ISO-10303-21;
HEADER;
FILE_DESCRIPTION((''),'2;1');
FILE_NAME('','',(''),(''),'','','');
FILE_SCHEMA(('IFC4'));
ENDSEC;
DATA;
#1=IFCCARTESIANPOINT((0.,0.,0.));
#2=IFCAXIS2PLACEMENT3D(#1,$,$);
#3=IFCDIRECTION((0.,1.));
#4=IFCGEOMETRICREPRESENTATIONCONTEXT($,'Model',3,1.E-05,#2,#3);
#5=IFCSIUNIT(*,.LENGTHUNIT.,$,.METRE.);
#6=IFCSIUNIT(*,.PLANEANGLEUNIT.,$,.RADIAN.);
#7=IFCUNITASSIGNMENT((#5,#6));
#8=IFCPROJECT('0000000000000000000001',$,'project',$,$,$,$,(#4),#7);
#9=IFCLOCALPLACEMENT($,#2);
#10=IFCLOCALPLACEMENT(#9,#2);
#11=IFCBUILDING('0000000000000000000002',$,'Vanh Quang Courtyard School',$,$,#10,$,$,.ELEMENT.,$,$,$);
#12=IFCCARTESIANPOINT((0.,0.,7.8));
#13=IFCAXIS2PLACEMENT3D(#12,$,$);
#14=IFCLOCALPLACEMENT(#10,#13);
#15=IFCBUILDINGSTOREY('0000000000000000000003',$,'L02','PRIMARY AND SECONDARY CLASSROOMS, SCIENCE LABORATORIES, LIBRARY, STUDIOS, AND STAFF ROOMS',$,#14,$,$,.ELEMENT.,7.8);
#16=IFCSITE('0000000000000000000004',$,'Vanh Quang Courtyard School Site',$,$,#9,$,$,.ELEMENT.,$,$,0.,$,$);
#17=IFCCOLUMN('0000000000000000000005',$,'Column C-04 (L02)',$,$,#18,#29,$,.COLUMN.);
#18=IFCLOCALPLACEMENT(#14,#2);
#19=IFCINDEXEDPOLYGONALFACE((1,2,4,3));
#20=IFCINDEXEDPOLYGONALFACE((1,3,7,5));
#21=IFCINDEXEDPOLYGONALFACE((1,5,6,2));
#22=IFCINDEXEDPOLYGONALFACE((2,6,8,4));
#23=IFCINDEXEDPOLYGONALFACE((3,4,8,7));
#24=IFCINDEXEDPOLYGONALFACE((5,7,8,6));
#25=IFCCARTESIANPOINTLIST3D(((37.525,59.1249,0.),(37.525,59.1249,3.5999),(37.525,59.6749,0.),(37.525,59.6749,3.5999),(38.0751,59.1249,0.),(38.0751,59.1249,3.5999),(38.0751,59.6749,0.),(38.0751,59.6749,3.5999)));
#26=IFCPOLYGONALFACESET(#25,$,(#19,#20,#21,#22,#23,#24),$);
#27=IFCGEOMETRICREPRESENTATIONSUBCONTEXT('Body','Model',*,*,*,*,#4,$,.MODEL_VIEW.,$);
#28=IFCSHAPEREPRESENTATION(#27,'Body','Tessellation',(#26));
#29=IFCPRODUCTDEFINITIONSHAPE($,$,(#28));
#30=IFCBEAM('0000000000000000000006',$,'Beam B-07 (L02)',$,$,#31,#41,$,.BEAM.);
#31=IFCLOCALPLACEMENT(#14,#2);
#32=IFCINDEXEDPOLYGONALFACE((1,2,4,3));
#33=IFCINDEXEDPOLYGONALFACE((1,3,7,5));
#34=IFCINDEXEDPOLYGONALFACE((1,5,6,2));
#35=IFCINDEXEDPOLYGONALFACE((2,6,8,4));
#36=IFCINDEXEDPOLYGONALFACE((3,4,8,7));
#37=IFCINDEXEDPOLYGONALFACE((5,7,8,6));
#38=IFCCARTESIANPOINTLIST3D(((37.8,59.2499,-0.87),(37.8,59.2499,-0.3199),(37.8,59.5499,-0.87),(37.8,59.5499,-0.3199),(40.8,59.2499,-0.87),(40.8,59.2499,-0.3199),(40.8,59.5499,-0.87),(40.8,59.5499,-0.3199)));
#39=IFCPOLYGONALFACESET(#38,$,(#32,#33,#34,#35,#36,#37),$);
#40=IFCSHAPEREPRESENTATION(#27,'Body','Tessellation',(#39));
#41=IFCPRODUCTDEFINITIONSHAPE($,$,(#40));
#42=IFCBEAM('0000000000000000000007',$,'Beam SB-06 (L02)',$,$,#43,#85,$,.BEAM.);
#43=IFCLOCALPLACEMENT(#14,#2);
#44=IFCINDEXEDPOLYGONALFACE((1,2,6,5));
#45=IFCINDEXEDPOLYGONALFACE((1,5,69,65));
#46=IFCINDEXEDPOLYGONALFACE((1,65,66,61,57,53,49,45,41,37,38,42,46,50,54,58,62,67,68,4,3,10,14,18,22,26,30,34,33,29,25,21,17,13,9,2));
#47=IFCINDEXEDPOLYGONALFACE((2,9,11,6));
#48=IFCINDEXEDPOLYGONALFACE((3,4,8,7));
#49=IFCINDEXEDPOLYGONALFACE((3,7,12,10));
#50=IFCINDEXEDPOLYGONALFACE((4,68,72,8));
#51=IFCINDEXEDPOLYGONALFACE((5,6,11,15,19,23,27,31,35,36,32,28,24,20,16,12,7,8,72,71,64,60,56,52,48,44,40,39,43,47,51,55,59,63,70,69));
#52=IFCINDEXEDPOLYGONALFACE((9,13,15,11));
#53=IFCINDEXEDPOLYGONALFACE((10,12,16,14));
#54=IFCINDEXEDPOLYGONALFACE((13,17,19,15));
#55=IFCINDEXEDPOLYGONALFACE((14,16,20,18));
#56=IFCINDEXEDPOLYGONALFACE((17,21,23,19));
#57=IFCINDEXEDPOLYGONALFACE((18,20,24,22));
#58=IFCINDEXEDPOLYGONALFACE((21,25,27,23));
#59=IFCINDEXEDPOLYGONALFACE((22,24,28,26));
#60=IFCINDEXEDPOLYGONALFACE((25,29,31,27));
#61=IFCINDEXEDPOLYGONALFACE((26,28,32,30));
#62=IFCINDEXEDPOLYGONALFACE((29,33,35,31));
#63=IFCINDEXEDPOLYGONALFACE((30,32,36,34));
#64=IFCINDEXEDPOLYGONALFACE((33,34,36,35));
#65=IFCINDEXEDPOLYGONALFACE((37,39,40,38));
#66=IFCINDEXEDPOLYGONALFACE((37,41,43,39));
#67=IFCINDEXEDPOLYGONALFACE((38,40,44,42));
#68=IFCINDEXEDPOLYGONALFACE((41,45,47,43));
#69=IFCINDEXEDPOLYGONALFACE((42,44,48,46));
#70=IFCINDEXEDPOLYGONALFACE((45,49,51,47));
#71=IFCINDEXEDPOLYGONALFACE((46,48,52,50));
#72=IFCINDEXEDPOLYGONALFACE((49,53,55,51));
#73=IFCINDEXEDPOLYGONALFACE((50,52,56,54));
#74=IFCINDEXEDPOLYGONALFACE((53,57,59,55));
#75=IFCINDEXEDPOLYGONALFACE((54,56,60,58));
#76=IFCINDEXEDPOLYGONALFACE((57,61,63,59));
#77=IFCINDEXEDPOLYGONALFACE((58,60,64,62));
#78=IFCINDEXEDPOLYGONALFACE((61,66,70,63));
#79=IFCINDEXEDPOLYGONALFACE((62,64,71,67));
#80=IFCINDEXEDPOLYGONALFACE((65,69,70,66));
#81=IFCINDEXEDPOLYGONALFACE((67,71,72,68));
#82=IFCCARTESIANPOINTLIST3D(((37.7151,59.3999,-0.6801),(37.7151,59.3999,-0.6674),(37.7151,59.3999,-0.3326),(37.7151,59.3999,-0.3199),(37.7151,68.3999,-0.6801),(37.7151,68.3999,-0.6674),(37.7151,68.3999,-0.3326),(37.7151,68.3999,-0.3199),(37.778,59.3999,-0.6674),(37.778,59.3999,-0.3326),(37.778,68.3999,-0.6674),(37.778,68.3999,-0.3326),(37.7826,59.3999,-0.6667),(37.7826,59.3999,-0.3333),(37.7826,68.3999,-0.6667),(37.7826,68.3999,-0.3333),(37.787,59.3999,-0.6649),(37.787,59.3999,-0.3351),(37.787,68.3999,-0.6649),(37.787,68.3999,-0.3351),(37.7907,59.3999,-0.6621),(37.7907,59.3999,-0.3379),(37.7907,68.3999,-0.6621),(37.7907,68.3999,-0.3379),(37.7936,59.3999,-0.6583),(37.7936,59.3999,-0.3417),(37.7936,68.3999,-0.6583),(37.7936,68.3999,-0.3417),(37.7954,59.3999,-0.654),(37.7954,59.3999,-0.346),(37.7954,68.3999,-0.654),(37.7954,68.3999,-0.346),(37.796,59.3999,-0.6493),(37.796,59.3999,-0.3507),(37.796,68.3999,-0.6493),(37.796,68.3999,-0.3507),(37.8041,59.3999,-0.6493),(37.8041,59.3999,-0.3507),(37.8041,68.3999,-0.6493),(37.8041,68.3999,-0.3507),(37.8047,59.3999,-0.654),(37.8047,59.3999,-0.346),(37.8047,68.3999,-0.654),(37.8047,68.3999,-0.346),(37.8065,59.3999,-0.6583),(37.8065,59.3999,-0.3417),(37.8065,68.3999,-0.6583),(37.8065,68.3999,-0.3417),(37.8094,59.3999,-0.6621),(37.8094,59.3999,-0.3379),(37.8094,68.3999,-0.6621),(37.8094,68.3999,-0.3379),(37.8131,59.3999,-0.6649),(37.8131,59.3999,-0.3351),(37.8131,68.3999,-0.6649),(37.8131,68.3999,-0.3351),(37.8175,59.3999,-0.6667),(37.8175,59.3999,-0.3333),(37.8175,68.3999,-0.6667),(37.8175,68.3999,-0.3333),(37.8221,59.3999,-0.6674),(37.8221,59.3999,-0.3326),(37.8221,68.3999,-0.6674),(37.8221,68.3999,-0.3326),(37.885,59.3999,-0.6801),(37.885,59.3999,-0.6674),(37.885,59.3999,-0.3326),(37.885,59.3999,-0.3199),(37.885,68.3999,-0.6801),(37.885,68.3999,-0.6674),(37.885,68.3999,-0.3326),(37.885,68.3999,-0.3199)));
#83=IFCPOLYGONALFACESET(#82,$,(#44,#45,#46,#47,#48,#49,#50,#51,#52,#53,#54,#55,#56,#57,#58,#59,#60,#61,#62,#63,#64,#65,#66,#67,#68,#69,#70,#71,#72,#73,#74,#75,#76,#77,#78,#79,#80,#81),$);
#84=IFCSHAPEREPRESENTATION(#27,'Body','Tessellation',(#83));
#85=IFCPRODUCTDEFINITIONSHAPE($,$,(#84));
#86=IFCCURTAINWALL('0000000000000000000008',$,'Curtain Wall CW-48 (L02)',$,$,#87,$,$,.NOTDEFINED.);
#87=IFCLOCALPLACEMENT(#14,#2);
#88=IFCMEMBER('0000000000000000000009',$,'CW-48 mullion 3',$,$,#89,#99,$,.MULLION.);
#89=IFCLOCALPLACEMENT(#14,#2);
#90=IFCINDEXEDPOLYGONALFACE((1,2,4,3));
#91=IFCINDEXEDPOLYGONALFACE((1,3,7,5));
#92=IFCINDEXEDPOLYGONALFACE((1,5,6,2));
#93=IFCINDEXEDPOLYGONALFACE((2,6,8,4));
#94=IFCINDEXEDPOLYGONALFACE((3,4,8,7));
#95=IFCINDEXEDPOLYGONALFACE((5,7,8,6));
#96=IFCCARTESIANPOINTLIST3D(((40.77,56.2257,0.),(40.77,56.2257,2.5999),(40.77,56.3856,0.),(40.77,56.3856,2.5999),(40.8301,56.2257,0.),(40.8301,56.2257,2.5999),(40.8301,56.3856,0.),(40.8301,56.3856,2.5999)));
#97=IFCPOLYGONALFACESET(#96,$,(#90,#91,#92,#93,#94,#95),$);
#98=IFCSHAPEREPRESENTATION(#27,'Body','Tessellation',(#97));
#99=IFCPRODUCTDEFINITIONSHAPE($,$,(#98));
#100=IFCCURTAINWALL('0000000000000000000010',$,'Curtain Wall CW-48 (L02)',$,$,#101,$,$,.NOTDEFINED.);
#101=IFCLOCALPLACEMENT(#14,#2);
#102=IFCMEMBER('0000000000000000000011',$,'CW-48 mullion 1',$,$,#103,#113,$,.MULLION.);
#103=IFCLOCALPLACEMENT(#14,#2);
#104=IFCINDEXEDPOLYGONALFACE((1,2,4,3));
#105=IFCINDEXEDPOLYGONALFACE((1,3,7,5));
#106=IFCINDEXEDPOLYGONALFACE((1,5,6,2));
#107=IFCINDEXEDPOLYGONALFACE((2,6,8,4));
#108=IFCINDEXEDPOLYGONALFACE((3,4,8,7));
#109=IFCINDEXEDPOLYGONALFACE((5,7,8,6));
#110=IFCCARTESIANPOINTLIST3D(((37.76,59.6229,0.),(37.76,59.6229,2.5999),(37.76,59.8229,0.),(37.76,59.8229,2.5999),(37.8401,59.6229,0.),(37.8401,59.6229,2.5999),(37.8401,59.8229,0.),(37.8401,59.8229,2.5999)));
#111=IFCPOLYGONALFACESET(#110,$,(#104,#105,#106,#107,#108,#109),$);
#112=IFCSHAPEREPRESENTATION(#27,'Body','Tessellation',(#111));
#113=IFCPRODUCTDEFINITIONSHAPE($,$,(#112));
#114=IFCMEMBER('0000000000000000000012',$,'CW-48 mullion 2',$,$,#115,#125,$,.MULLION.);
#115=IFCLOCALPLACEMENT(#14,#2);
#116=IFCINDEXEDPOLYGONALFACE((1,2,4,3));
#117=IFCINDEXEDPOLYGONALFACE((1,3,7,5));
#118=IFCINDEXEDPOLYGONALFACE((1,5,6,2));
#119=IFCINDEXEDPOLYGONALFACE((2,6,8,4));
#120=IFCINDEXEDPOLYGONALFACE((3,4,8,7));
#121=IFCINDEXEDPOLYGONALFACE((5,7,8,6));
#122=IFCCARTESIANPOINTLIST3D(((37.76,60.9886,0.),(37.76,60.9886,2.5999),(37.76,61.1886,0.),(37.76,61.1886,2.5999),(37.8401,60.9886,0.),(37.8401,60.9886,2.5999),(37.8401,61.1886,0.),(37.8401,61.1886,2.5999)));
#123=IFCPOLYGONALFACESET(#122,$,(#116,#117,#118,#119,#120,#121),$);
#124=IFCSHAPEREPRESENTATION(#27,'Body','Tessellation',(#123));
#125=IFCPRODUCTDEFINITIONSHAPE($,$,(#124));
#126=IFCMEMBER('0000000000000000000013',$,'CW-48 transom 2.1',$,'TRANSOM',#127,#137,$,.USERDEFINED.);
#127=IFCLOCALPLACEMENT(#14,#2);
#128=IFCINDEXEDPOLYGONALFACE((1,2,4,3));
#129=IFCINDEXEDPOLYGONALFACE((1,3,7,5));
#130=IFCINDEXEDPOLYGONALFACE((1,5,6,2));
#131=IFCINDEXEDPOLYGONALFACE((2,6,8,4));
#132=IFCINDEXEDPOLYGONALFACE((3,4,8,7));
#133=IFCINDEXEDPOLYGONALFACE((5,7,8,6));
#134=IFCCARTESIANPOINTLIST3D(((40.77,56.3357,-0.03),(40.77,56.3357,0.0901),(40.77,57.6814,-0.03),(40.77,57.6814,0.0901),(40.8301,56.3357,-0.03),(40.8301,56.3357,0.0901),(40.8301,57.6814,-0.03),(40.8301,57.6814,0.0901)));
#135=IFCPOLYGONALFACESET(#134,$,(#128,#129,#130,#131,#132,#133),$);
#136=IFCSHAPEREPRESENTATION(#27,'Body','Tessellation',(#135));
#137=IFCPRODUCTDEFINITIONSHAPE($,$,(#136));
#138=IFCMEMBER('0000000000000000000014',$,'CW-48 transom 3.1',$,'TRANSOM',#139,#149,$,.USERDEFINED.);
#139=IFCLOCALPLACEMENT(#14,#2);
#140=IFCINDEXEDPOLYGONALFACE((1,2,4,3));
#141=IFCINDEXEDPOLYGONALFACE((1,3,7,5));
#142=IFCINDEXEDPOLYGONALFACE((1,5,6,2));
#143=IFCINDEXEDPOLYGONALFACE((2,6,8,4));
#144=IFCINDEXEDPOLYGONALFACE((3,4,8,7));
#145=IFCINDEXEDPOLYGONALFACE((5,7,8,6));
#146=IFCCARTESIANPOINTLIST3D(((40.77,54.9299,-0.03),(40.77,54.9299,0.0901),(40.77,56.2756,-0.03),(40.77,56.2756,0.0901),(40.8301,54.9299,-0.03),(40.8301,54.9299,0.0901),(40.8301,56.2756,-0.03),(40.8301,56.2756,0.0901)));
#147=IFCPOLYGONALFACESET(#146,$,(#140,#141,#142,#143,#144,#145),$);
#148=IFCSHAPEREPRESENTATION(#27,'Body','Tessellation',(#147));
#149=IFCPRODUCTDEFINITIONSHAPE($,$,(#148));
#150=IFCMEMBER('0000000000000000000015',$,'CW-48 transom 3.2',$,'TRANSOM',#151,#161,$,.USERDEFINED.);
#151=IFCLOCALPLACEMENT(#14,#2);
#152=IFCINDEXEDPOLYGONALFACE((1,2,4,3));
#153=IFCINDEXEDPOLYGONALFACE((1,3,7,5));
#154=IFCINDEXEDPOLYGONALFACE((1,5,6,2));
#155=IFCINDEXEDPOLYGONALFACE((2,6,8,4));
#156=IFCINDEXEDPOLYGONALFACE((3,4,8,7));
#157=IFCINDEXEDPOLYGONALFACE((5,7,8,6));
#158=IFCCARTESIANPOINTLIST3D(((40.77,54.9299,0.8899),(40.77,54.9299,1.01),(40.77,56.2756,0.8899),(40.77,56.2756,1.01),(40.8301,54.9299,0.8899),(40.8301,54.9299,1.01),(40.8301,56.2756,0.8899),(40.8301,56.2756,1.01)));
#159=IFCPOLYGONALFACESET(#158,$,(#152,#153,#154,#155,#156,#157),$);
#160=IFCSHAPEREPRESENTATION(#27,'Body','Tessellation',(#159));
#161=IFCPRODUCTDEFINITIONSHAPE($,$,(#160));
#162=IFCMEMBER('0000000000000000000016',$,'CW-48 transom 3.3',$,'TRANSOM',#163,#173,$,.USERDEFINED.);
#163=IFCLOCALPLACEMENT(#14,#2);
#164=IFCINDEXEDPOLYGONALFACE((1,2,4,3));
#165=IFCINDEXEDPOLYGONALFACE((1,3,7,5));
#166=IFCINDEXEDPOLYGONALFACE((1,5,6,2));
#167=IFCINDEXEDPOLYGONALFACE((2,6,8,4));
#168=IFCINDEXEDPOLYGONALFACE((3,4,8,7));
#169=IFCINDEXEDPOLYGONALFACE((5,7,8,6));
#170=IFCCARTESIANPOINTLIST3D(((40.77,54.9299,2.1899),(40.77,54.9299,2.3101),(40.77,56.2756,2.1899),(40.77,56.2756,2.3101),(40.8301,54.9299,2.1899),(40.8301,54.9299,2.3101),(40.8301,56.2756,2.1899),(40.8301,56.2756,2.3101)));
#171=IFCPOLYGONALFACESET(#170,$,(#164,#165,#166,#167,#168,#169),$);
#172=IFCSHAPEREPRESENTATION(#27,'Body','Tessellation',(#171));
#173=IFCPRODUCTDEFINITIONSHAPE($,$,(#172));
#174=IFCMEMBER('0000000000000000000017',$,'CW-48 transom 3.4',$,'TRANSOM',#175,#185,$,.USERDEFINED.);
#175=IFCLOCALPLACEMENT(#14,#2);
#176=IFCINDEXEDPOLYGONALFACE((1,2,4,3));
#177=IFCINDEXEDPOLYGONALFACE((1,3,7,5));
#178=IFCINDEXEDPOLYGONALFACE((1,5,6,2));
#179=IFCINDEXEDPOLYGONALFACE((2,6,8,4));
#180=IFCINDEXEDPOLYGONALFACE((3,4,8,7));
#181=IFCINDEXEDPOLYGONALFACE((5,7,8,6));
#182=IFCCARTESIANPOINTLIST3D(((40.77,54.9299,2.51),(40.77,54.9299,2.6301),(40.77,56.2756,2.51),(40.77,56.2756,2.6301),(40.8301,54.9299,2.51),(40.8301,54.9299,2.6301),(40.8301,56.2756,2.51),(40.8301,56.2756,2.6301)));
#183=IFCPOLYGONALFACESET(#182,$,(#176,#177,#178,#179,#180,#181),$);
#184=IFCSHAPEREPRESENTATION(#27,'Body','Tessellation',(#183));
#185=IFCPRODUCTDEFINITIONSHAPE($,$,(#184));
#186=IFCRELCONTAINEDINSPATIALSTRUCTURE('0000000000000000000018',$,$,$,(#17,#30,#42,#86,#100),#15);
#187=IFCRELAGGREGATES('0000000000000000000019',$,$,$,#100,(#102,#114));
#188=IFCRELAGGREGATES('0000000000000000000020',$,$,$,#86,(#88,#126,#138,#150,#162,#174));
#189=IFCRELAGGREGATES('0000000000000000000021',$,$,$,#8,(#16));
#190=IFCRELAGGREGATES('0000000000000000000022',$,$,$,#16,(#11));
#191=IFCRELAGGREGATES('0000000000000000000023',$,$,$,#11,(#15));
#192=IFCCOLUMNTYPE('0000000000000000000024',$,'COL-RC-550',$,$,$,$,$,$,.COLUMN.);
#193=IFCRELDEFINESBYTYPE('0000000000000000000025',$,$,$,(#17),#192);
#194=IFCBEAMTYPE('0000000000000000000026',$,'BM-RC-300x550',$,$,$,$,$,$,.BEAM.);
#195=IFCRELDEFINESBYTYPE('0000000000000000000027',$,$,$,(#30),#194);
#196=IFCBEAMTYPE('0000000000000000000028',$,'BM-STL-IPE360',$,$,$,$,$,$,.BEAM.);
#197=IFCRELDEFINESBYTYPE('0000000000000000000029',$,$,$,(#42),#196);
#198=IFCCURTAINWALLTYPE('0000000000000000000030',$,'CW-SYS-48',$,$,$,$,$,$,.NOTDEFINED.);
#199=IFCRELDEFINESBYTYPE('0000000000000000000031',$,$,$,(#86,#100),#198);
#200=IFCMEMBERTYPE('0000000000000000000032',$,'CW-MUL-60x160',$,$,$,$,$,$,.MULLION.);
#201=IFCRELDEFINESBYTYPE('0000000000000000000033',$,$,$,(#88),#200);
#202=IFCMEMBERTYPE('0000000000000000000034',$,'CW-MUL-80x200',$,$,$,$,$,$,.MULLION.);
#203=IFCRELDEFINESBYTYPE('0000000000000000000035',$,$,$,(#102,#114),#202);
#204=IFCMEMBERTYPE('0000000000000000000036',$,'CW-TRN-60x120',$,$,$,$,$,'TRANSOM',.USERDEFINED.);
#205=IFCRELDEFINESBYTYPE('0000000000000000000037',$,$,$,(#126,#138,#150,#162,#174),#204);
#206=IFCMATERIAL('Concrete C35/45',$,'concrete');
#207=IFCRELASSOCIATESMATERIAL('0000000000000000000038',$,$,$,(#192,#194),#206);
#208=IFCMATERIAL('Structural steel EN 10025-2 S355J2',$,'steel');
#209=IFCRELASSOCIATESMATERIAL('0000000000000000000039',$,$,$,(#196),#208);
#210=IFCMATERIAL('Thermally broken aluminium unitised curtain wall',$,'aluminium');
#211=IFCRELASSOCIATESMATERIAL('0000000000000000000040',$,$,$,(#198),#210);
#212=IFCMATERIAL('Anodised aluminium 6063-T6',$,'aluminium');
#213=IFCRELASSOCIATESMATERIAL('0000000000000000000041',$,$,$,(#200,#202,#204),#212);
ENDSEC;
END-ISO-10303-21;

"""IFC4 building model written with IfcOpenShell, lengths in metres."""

from ifc_helpers import new_model, si_unit, direction, frame, origin, origin_2d, place, context, subcontext, project, spatial, rectangle, i_section, extrude, material, material_profile, profile_set, type_object, element, aggregate, save


model = new_model("IFC4")

# Units and contexts
model_context = context("Model", 3, precision=1e-05, world=origin(), true_north=direction((0.0, 1.0)))
body_context = subcontext(model_context, "Body", "Model", "MODEL_VIEW")
ifc_project = project(units=[si_unit("LENGTHUNIT", "METRE"), si_unit("PLANEANGLEUNIT", "RADIAN")], contexts=[model_context])

# Site, building, storey
site_placement = place(None, origin())
site = spatial("IfcSite", under=ifc_project, at=site_placement, Name="Vanh Quang Courtyard School Site", CompositionType="ELEMENT", RefElevation=0.0)
building_placement = place(site_placement, origin())
building = spatial("IfcBuilding", under=site, at=building_placement, Name="Vanh Quang Courtyard School", CompositionType="ELEMENT")
storey_placement = place(building_placement, frame((0.0, 0.0, 7.8)))
storey = spatial("IfcBuildingStorey", under=building, at=storey_placement, Name="L02", Description="PRIMARY AND SECONDARY CLASSROOMS, SCIENCE LABORATORIES, LIBRARY, STUDIOS, AND STAFF ROOMS", CompositionType="ELEMENT", Elevation=7.8)

# Column
ifc_material_1 = material(Name="Concrete C35/45", Category="concrete")
ifc_material_profile_1 = material_profile(ifc_material_1, rectangle(XDim=0.55, YDim=0.55, at=origin_2d()), Name="RC-COL 550x550")
ifc_profile_set_1 = profile_set([ifc_material_profile_1], Name="Concrete C35/45")
column_type = type_object("IfcColumnType", Name="COL-RC-550", PredefinedType="COLUMN", material=ifc_profile_set_1)
column_placement = place(storey_placement, frame((37.8, 59.3999, 0.0), z_axis=(0.0, 0.0, 1.0), x_axis=(1.0, 0.0, 0.0)))
element("IfcColumn", 1, at=column_placement, inside=storey, type_object=column_type, Name="Column C-04 (L02)", PredefinedType="COLUMN", context=body_context, shape_type="SweptSolid", body=[
    extrude(rectangle(XDim=0.55, YDim=0.55, at=origin_2d()), origin(), (0.0, 0.0, 1.0), 3.5999),
])

# Beams
ifc_material_profile_2 = material_profile(ifc_material_1, rectangle(XDim=0.3, YDim=0.55, at=origin_2d()), Name="RC-BM 300x550")
ifc_profile_set_2 = profile_set([ifc_material_profile_2], Name="Concrete C35/45")
beam_type_1 = type_object("IfcBeamType", Name="BM-RC-300x550", PredefinedType="BEAM", material=ifc_profile_set_2)
beam_1_placement = place(storey_placement, frame((37.8, 59.3999, -0.595), z_axis=(1.0, 0.0, 0.0), x_axis=(0.0, 1.0, 0.0)))
element("IfcBeam", 2, at=beam_1_placement, inside=storey, type_object=beam_type_1, Name="Beam B-07 (L02)", PredefinedType="BEAM", context=body_context, shape_type="SweptSolid", body=[
    extrude(rectangle(XDim=0.3, YDim=0.55, at=origin_2d()), origin(), (0.0, 0.0, 1.0), 3.0),
])
ifc_material_2 = material(Name="Structural steel EN 10025-2 S355J2", Category="steel")
ifc_material_profile_3 = material_profile(ifc_material_2, i_section(OverallWidth=0.1699, OverallDepth=0.3601, WebThickness=0.0081, FlangeThickness=0.0127, FilletRadius=0.0181, at=origin_2d()), Name="IPE 360")
ifc_profile_set_3 = profile_set([ifc_material_profile_3], Name="Structural steel EN 10025-2 S355J2")
beam_type_2 = type_object("IfcBeamType", Name="BM-STL-IPE360", PredefinedType="BEAM", material=ifc_profile_set_3)
beam_2_placement = place(storey_placement, frame((37.8, 59.3999, -0.5), z_axis=(0.0, 1.0, 0.0), x_axis=(-1.0, 0.0, 0.0)))
element("IfcBeam", 3, at=beam_2_placement, inside=storey, type_object=beam_type_2, Name="Beam SB-06 (L02)", PredefinedType="BEAM", context=body_context, shape_type="SweptSolid", body=[
    extrude(i_section(OverallWidth=0.1699, OverallDepth=0.3601, WebThickness=0.0081, FlangeThickness=0.0127, FilletRadius=0.0181, at=origin_2d()), origin(), (0.0, 0.0, 1.0), 9.0),
])

# Curtain wall, member
ifc_material_3 = material(Name="Thermally broken aluminium unitised curtain wall", Category="aluminium")
curtain_wall_type = type_object("IfcCurtainWallType", Name="CW-SYS-48", PredefinedType="NOTDEFINED", material=ifc_material_3)
curtain_wall_1_placement = place(storey_placement, origin())
curtain_wall_1 = element("IfcCurtainWall", 4, at=curtain_wall_1_placement, inside=storey, type_object=curtain_wall_type, Name="Curtain Wall CW-48 (L02)", PredefinedType="NOTDEFINED")
ifc_material_4 = material(Name="Anodised aluminium 6063-T6", Category="aluminium")
ifc_material_profile_4 = material_profile(ifc_material_4, rectangle(XDim=0.0601, YDim=0.1599, at=origin_2d()), Name="ALU-MUL 60x160")
ifc_profile_set_4 = profile_set([ifc_material_profile_4], Name="Anodised aluminium 6063-T6")
member_type_1 = type_object("IfcMemberType", Name="CW-MUL-60x160", PredefinedType="MULLION", material=ifc_profile_set_4)
member_1_placement = place(storey_placement, frame((40.8, 56.3057, 0.0), z_axis=(0.0, 0.0, 1.0), x_axis=(1.0, 0.0, 0.0)))
member_1 = element("IfcMember", 5, at=member_1_placement, type_object=member_type_1, Name="CW-48 mullion 3", PredefinedType="MULLION", context=body_context, shape_type="SweptSolid", body=[
    extrude(rectangle(XDim=0.0601, YDim=0.1599, at=origin_2d()), origin(), (0.0, 0.0, 1.0), 2.5999),
])

# Curtain wall, members
curtain_wall_2_placement = place(storey_placement, origin())
curtain_wall_2 = element("IfcCurtainWall", 6, at=curtain_wall_2_placement, inside=storey, type_object=curtain_wall_type, Name="Curtain Wall CW-48 (L02)", PredefinedType="NOTDEFINED")
ifc_material_profile_5 = material_profile(ifc_material_4, rectangle(XDim=0.0801, YDim=0.2, at=origin_2d()), Name="ALU-MUL 80x200")
ifc_profile_set_5 = profile_set([ifc_material_profile_5], Name="Anodised aluminium 6063-T6")
member_type_2 = type_object("IfcMemberType", Name="CW-MUL-80x200", PredefinedType="MULLION", material=ifc_profile_set_5)
member_2_placement = place(storey_placement, frame((37.8, 59.7229, 0.0), z_axis=(0.0, 0.0, 1.0), x_axis=(-1.0, 0.0, 0.0)))
member_2 = element("IfcMember", 7, at=member_2_placement, type_object=member_type_2, Name="CW-48 mullion 1", PredefinedType="MULLION", context=body_context, shape_type="SweptSolid", body=[
    extrude(rectangle(XDim=0.0801, YDim=0.2, at=origin_2d()), origin(), (0.0, 0.0, 1.0), 2.5999),
])
member_3_placement = place(storey_placement, frame((37.8, 61.0886, 0.0), z_axis=(0.0, 0.0, 1.0), x_axis=(-1.0, 0.0, 0.0)))
member_3 = element("IfcMember", 8, at=member_3_placement, type_object=member_type_2, Name="CW-48 mullion 2", PredefinedType="MULLION", context=body_context, shape_type="SweptSolid", body=[
    extrude(rectangle(XDim=0.0801, YDim=0.2, at=origin_2d()), origin(), (0.0, 0.0, 1.0), 2.5999),
])

# Members
ifc_material_profile_6 = material_profile(ifc_material_4, rectangle(XDim=0.0601, YDim=0.1201, at=origin_2d()), Name="ALU-TRN 60x120")
ifc_profile_set_6 = profile_set([ifc_material_profile_6], Name="Anodised aluminium 6063-T6")
member_type_3 = type_object("IfcMemberType", Name="CW-TRN-60x120", ElementType="TRANSOM", PredefinedType="USERDEFINED", material=ifc_profile_set_6)
member_4_placement = place(storey_placement, frame((40.8, 57.6814, 0.03), z_axis=(0.0, -1.0, 0.0), x_axis=(1.0, 0.0, 0.0)))
member_4 = element("IfcMember", 9, at=member_4_placement, type_object=member_type_3, Name="CW-48 transom 2.1", ObjectType="TRANSOM", PredefinedType="USERDEFINED", context=body_context, shape_type="SweptSolid", body=[
    extrude(rectangle(XDim=0.0601, YDim=0.1201, at=origin_2d()), origin(), (0.0, 0.0, 1.0), 1.3457),
])
member_5_placement = place(storey_placement, frame((40.8, 56.2756, 0.03), z_axis=(0.0, -1.0, 0.0), x_axis=(1.0, 0.0, 0.0)))
member_5 = element("IfcMember", 10, at=member_5_placement, type_object=member_type_3, Name="CW-48 transom 3.1", ObjectType="TRANSOM", PredefinedType="USERDEFINED", context=body_context, shape_type="SweptSolid", body=[
    extrude(rectangle(XDim=0.0601, YDim=0.1201, at=origin_2d()), origin(), (0.0, 0.0, 1.0), 1.3457),
])
member_6_placement = place(storey_placement, frame((40.8, 56.2756, 0.95), z_axis=(0.0, -1.0, 0.0), x_axis=(1.0, 0.0, 0.0)))
member_6 = element("IfcMember", 11, at=member_6_placement, type_object=member_type_3, Name="CW-48 transom 3.2", ObjectType="TRANSOM", PredefinedType="USERDEFINED", context=body_context, shape_type="SweptSolid", body=[
    extrude(rectangle(XDim=0.0601, YDim=0.1201, at=origin_2d()), origin(), (0.0, 0.0, 1.0), 1.3457),
])
member_7_placement = place(storey_placement, frame((40.8, 56.2756, 2.25), z_axis=(0.0, -1.0, 0.0), x_axis=(1.0, 0.0, 0.0)))
member_7 = element("IfcMember", 12, at=member_7_placement, type_object=member_type_3, Name="CW-48 transom 3.3", ObjectType="TRANSOM", PredefinedType="USERDEFINED", context=body_context, shape_type="SweptSolid", body=[
    extrude(rectangle(XDim=0.0601, YDim=0.1201, at=origin_2d()), origin(), (0.0, 0.0, 1.0), 1.3457),
])
member_8_placement = place(storey_placement, frame((40.8, 56.2756, 2.5701), z_axis=(0.0, -1.0, 0.0), x_axis=(1.0, 0.0, 0.0)))
member_8 = element("IfcMember", 13, at=member_8_placement, type_object=member_type_3, Name="CW-48 transom 3.4", ObjectType="TRANSOM", PredefinedType="USERDEFINED", context=body_context, shape_type="SweptSolid", body=[
    extrude(rectangle(XDim=0.0601, YDim=0.1201, at=origin_2d()), origin(), (0.0, 0.0, 1.0), 1.3457),
])

aggregate(curtain_wall_2, [member_2, member_3])
aggregate(curtain_wall_1, [member_1, member_4, member_5, member_6, member_7, member_8])

save(model, "model.ifc")
